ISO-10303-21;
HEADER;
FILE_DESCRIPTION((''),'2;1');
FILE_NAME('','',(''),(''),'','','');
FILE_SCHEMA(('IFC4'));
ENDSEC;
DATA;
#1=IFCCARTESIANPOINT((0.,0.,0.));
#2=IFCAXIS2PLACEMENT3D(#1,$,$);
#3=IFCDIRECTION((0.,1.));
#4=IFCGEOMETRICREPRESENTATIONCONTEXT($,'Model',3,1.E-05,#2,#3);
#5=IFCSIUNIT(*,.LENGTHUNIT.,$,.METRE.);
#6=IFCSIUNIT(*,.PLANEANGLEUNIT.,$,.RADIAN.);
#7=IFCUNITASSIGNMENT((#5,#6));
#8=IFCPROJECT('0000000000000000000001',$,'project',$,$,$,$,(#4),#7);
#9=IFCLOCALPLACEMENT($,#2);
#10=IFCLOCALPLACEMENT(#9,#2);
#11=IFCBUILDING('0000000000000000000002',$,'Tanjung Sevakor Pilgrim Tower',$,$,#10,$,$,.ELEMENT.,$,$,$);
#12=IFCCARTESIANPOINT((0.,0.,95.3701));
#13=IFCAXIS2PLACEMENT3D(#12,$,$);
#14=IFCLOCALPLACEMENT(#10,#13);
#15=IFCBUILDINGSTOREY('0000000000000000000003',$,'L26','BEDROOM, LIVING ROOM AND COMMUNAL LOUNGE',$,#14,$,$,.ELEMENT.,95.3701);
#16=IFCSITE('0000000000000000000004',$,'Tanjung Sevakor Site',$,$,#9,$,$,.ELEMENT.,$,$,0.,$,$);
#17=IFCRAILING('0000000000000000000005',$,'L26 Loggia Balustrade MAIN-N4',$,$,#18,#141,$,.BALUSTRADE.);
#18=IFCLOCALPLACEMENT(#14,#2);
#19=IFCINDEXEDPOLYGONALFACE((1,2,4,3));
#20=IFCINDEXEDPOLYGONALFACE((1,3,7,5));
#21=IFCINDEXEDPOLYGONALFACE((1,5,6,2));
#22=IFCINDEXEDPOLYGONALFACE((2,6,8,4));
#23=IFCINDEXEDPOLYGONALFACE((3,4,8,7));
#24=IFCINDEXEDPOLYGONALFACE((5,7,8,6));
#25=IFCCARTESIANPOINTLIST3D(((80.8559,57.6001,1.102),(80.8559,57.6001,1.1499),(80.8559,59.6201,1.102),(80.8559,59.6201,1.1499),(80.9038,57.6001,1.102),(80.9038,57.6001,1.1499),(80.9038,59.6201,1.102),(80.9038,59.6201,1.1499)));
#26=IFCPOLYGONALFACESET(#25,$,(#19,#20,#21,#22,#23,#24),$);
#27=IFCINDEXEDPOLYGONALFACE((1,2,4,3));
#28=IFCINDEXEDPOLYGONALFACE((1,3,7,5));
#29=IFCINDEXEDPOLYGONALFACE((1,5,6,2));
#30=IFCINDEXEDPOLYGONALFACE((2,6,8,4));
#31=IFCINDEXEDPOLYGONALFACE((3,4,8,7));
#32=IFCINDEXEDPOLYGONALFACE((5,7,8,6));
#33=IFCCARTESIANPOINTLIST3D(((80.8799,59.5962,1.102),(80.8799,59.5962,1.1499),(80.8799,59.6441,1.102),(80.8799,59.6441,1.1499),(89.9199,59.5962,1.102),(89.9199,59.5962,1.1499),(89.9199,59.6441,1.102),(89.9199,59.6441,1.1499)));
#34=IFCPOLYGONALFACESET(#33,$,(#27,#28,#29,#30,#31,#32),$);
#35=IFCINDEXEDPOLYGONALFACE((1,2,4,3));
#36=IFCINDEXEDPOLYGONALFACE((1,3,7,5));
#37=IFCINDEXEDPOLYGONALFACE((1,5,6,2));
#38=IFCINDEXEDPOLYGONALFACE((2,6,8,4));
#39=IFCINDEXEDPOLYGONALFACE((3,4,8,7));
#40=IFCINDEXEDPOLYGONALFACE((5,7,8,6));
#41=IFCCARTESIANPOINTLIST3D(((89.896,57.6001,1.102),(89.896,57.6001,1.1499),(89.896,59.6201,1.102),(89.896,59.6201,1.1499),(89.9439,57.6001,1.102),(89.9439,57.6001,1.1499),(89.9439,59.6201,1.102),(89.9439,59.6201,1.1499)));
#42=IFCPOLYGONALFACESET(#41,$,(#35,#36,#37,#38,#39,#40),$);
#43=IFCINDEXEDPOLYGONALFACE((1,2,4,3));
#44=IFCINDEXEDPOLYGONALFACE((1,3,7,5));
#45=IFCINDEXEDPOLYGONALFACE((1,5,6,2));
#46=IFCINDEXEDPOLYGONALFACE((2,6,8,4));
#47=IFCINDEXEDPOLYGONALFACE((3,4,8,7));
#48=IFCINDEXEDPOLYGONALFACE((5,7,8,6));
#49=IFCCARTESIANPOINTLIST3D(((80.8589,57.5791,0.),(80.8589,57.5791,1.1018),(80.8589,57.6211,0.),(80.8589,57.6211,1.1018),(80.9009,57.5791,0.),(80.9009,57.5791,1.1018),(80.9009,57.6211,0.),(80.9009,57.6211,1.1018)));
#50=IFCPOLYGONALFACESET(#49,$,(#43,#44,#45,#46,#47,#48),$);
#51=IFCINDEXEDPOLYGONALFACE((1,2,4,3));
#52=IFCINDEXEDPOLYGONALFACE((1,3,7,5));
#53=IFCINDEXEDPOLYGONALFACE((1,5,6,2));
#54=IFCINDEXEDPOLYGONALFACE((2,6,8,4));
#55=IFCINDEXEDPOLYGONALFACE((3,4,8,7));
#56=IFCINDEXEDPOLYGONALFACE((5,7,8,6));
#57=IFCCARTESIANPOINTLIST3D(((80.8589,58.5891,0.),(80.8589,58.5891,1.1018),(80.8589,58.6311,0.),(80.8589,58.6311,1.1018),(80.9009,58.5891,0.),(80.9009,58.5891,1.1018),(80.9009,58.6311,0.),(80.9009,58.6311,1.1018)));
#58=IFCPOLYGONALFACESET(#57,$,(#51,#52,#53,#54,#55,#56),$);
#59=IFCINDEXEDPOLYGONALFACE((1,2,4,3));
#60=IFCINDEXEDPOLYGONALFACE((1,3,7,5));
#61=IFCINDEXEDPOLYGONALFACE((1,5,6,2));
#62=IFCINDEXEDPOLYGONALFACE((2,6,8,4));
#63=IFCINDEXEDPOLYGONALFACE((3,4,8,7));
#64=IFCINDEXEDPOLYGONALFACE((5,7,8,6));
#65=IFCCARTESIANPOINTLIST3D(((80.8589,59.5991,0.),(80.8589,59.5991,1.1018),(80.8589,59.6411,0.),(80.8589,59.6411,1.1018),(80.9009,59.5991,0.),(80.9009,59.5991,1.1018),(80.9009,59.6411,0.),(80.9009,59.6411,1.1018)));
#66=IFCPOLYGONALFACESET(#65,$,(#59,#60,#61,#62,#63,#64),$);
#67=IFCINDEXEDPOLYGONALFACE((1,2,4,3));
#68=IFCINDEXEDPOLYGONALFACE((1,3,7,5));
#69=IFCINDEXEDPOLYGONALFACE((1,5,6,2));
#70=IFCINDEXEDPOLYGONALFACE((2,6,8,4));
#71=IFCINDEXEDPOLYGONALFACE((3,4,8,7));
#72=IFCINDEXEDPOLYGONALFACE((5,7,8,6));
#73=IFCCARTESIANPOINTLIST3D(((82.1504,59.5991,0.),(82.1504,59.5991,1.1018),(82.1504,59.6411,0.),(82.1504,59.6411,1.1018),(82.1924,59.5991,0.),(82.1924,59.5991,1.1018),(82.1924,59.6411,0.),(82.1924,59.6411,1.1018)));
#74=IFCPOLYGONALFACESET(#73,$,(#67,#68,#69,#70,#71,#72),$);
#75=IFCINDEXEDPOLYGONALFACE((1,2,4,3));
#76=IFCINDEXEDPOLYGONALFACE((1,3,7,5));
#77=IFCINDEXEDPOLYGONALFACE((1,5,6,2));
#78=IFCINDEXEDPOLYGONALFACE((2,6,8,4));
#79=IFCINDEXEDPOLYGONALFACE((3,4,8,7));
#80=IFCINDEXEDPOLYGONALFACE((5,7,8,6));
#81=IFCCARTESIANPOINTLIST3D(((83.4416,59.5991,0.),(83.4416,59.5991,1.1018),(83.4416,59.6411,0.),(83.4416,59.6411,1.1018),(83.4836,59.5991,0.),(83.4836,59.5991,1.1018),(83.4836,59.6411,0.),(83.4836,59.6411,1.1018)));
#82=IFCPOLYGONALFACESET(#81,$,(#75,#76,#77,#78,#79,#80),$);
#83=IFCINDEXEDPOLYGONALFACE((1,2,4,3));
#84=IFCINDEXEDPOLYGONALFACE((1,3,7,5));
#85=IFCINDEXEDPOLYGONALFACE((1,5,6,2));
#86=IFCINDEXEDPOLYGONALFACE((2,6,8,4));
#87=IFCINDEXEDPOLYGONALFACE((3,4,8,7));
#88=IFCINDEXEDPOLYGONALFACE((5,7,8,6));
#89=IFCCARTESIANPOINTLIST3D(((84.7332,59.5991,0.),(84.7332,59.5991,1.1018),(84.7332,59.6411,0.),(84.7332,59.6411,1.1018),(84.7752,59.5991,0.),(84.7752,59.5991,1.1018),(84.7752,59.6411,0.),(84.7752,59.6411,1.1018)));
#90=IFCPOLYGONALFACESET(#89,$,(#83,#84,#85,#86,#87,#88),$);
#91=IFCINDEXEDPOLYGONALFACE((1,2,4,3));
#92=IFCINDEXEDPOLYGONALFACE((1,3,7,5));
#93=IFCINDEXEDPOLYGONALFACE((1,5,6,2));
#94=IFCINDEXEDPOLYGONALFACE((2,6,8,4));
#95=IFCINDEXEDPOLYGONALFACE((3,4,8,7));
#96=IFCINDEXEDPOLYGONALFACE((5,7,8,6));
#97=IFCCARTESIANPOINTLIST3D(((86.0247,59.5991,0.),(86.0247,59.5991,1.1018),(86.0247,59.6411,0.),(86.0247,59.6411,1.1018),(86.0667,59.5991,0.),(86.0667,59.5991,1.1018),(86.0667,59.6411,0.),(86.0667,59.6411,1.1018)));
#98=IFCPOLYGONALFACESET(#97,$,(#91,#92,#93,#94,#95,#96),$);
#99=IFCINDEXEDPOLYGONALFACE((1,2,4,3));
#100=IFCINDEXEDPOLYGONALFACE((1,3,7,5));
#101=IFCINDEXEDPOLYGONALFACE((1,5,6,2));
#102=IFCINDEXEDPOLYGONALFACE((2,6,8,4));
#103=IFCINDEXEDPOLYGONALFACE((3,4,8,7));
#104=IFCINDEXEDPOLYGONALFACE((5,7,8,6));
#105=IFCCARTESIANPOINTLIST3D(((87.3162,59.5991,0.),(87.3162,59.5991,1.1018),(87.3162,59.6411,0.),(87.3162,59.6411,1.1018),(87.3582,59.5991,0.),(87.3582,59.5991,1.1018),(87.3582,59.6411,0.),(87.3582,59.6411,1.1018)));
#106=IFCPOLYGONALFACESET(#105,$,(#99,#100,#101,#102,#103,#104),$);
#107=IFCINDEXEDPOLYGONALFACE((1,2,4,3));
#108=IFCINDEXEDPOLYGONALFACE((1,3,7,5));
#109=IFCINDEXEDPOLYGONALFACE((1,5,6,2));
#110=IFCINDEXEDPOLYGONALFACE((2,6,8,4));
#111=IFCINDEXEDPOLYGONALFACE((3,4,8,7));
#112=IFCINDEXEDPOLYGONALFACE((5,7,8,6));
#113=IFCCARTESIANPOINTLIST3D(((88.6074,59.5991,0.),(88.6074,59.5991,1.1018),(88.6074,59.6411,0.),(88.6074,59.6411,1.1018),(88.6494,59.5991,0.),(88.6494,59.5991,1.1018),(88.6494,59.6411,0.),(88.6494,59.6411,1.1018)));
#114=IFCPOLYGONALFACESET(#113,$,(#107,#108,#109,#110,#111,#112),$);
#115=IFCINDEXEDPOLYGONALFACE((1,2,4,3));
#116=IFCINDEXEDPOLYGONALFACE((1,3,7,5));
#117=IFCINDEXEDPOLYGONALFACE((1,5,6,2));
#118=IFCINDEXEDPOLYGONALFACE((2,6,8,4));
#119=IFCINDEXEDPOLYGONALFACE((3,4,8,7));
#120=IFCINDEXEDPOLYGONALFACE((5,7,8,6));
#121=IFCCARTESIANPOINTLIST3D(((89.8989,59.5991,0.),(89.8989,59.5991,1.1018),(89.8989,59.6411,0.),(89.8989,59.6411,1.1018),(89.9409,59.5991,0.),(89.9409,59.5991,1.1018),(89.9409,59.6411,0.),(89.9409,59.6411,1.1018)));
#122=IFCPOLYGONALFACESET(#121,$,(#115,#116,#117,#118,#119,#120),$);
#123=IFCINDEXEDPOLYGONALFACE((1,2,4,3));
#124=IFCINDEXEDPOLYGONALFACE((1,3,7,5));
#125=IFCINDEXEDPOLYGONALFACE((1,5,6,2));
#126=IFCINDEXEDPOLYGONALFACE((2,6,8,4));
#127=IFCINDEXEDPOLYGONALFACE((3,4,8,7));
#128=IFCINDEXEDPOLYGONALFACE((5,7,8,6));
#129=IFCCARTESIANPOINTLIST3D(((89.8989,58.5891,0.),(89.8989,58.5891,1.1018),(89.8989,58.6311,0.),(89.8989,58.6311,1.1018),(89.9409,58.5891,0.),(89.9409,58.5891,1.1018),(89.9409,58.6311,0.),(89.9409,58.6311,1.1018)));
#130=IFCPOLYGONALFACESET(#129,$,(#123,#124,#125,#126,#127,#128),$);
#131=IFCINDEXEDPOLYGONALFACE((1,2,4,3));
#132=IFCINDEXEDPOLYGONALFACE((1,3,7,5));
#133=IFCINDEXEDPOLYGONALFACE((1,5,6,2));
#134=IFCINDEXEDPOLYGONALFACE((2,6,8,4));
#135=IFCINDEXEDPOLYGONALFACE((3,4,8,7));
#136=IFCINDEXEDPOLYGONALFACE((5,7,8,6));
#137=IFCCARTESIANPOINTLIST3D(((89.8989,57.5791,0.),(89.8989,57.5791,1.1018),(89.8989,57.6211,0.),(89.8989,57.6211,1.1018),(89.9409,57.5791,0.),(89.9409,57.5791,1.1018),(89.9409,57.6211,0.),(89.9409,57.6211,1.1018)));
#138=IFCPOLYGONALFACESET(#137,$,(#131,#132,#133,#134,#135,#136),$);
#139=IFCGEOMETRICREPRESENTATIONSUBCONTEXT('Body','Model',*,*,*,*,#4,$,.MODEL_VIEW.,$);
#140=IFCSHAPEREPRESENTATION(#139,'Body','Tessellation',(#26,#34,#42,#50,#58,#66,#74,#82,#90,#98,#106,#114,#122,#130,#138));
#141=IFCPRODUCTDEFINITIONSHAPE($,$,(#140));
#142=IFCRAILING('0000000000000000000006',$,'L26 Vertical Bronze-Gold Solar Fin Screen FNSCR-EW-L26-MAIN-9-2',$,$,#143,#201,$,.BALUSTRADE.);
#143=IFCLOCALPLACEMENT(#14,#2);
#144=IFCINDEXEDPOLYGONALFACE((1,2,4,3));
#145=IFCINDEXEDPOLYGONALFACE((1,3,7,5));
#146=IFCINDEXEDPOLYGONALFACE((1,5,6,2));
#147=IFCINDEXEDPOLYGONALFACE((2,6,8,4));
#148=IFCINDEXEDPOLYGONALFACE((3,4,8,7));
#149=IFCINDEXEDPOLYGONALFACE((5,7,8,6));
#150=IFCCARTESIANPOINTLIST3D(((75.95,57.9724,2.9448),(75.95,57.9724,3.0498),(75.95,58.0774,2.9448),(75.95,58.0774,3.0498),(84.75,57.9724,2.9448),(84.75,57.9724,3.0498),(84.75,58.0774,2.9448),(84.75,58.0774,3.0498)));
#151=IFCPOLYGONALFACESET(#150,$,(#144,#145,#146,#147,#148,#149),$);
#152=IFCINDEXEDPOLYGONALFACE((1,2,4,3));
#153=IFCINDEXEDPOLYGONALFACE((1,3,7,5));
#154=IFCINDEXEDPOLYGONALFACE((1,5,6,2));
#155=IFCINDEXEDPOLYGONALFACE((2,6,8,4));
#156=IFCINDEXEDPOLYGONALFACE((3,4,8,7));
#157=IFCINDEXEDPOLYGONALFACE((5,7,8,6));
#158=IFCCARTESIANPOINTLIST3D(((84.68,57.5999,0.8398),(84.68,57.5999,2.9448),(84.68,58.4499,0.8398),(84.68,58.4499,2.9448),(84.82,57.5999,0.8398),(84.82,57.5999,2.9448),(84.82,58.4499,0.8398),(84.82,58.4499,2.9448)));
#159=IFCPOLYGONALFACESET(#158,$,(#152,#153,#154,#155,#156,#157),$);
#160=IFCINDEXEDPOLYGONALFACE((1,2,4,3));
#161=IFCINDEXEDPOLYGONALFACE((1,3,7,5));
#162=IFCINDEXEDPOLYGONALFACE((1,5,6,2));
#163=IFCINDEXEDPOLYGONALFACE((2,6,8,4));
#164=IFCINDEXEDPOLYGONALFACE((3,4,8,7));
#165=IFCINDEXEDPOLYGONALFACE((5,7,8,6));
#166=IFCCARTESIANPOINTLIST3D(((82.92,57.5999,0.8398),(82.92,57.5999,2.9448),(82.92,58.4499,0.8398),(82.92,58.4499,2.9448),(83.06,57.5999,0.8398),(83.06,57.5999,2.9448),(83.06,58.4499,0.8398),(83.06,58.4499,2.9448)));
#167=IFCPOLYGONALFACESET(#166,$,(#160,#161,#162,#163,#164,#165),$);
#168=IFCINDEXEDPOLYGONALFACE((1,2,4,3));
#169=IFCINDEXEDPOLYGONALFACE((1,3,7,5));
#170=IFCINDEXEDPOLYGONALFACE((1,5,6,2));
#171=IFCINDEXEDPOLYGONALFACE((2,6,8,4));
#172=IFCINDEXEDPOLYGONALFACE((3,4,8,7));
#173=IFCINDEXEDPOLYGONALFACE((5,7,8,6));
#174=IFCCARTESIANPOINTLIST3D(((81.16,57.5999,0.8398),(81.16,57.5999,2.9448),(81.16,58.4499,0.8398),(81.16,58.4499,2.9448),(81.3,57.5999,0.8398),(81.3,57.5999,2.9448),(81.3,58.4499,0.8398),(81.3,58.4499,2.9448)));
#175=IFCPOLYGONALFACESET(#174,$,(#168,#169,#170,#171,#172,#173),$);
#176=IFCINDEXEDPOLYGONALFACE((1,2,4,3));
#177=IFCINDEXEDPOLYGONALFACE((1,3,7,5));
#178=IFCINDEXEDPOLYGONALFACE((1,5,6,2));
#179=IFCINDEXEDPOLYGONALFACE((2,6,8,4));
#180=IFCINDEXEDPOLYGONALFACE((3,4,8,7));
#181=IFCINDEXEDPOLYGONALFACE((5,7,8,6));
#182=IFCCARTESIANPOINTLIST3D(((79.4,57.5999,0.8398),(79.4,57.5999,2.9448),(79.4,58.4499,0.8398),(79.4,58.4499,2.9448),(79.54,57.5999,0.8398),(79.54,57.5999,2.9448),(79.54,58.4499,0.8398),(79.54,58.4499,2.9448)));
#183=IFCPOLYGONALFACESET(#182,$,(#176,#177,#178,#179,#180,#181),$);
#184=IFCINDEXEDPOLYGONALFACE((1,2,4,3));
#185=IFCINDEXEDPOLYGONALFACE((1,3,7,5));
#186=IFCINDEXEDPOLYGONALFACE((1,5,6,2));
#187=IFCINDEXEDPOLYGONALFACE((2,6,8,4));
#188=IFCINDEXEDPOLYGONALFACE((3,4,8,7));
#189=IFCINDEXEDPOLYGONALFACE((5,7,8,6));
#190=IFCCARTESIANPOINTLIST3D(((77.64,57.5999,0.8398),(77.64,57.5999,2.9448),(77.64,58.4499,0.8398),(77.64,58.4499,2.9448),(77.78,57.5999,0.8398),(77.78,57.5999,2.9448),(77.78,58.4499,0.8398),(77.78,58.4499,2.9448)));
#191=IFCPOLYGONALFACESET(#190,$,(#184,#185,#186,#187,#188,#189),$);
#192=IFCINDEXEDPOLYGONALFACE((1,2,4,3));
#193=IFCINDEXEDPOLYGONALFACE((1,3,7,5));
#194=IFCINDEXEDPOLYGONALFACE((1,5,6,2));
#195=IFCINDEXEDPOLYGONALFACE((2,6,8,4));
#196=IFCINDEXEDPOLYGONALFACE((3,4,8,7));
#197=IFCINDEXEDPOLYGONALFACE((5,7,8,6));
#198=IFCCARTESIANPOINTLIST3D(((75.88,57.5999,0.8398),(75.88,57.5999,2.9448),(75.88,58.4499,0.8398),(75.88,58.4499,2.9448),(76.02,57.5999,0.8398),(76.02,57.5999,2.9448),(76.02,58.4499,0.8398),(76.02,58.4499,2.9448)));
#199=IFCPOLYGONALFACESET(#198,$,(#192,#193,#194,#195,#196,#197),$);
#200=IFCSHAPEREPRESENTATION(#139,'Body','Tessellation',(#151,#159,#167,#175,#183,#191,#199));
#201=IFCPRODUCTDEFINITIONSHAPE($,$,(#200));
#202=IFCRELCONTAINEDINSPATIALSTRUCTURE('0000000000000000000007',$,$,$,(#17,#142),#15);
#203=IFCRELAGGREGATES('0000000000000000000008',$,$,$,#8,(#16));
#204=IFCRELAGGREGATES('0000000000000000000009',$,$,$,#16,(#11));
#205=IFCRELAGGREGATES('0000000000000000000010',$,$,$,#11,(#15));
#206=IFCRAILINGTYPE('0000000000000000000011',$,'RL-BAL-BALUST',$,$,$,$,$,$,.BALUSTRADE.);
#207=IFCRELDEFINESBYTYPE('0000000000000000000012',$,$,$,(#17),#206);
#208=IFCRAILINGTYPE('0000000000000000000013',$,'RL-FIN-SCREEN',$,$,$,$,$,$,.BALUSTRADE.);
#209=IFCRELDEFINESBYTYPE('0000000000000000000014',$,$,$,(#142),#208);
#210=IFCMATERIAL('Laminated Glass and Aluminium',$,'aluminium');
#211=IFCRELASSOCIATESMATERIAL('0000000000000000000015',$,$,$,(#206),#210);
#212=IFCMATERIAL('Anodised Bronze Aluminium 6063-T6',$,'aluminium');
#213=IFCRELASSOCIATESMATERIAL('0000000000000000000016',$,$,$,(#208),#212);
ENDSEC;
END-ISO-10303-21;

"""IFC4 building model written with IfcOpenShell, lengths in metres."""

from ifc_helpers import new_model, si_unit, direction, frame, origin, place, context, subcontext, project, spatial, rectangle, extrude, material, type_object, element, save


model = new_model("IFC4")

# Units and contexts
model_context = context("Model", 3, precision=1e-05, world=origin(), true_north=direction((0.0, 1.0)))
body_context = subcontext(model_context, "Body", "Model", "MODEL_VIEW")
ifc_project = project(units=[si_unit("LENGTHUNIT", "METRE"), si_unit("PLANEANGLEUNIT", "RADIAN")], contexts=[model_context])

# Site, building, storey
site_placement = place(None, origin())
site = spatial("IfcSite", under=ifc_project, at=site_placement, Name="Tanjung Sevakor Site", CompositionType="ELEMENT", RefElevation=0.0)
building_placement = place(site_placement, origin())
building = spatial("IfcBuilding", under=site, at=building_placement, Name="Tanjung Sevakor Pilgrim Tower", CompositionType="ELEMENT")
storey_placement = place(building_placement, frame((0.0, 0.0, 95.3701)))
storey = spatial("IfcBuildingStorey", under=building, at=storey_placement, Name="L26", Description="BEDROOM, LIVING ROOM AND COMMUNAL LOUNGE", CompositionType="ELEMENT", Elevation=95.3701)

# Railings
ifc_material_1 = material(Name="Laminated Glass and Aluminium", Category="aluminium")
railing_type_1 = type_object("IfcRailingType", Name="RL-BAL-BALUST", PredefinedType="BALUSTRADE", material=ifc_material_1)
railing_1_placement = place(storey_placement, frame((80.8799, 57.6001, 0.0)))
element("IfcRailing", 1, at=railing_1_placement, inside=storey, type_object=railing_type_1, Name="L26 Loggia Balustrade MAIN-N4", PredefinedType="BALUSTRADE", context=body_context, shape_type="SweptSolid", body=[
    extrude(rectangle(XDim=0.0479, YDim=0.0479), frame((0.0, 0.0, 1.126), z_axis=(0.0, 1.0, 0.0), x_axis=(-1.0, 0.0, 0.0)), (0.0, 0.0, 1.0), 2.02),
    extrude(rectangle(XDim=0.0479, YDim=0.0479), frame((0.0, 2.02, 1.126), z_axis=(1.0, 0.0, 0.0), x_axis=(0.0, 1.0, 0.0)), (0.0, 0.0, 1.0), 9.04),
    extrude(rectangle(XDim=0.0479, YDim=0.0479), frame((9.04, 2.02, 1.126), z_axis=(0.0, -1.0, 0.0), x_axis=(1.0, 0.0, 0.0)), (0.0, 0.0, 1.0), 2.02),
    extrude(rectangle(XDim=0.042, YDim=0.042), origin(), (0.0, 0.0, 1.0), 1.1018),
    extrude(rectangle(XDim=0.042, YDim=0.042), frame((0.0, 1.01, 0.0)), (0.0, 0.0, 1.0), 1.1018),
    extrude(rectangle(XDim=0.042, YDim=0.042), frame((0.0, 2.02, 0.0)), (0.0, 0.0, 1.0), 1.1018),
    extrude(rectangle(XDim=0.042, YDim=0.042), frame((1.2915, 2.02, 0.0)), (0.0, 0.0, 1.0), 1.1018),
    extrude(rectangle(XDim=0.042, YDim=0.042), frame((2.5828, 2.02, 0.0)), (0.0, 0.0, 1.0), 1.1018),
    extrude(rectangle(XDim=0.042, YDim=0.042), frame((3.8743, 2.02, 0.0)), (0.0, 0.0, 1.0), 1.1018),
    extrude(rectangle(XDim=0.042, YDim=0.042), frame((5.1658, 2.02, 0.0)), (0.0, 0.0, 1.0), 1.1018),
    extrude(rectangle(XDim=0.042, YDim=0.042), frame((6.4573, 2.02, 0.0)), (0.0, 0.0, 1.0), 1.1018),
    extrude(rectangle(XDim=0.042, YDim=0.042), frame((7.7485, 2.02, 0.0)), (0.0, 0.0, 1.0), 1.1018),
    extrude(rectangle(XDim=0.042, YDim=0.042), frame((9.04, 2.02, 0.0)), (0.0, 0.0, 1.0), 1.1018),
    extrude(rectangle(XDim=0.042, YDim=0.042), frame((9.04, 1.01, 0.0)), (0.0, 0.0, 1.0), 1.1018),
    extrude(rectangle(XDim=0.042, YDim=0.042), frame((9.04, 0.0, 0.0)), (0.0, 0.0, 1.0), 1.1018),
])
ifc_material_2 = material(Name="Anodised Bronze Aluminium 6063-T6", Category="aluminium")
railing_type_2 = type_object("IfcRailingType", Name="RL-FIN-SCREEN", PredefinedType="BALUSTRADE", material=ifc_material_2)
railing_2_placement = place(storey_placement, frame((84.75, 58.0249, 0.8398)))
element("IfcRailing", 2, at=railing_2_placement, inside=storey, type_object=railing_type_2, Name="L26 Vertical Bronze-Gold Solar Fin Screen FNSCR-EW-L26-MAIN-9-2", PredefinedType="BALUSTRADE", context=body_context, shape_type="SweptSolid", body=[
    extrude(rectangle(XDim=0.105, YDim=0.105), frame((0.0, 0.0, 2.1575), z_axis=(-1.0, 0.0, 0.0), x_axis=(0.0, -1.0, 0.0)), (0.0, 0.0, 1.0), 8.8),
    extrude(rectangle(XDim=0.14, YDim=0.85), origin(), (0.0, 0.0, 1.0), 2.105),
    extrude(rectangle(XDim=0.14, YDim=0.85), frame((-1.76, 0.0, 0.0)), (0.0, 0.0, 1.0), 2.105),
    extrude(rectangle(XDim=0.14, YDim=0.85), frame((-3.52, 0.0, 0.0)), (0.0, 0.0, 1.0), 2.105),
    extrude(rectangle(XDim=0.14, YDim=0.85), frame((-5.28, 0.0, 0.0)), (0.0, 0.0, 1.0), 2.105),
    extrude(rectangle(XDim=0.14, YDim=0.85), frame((-7.04, 0.0, 0.0)), (0.0, 0.0, 1.0), 2.105),
    extrude(rectangle(XDim=0.14, YDim=0.85), frame((-8.8, 0.0, 0.0)), (0.0, 0.0, 1.0), 2.105),
])

save(model, "model.ifc")
